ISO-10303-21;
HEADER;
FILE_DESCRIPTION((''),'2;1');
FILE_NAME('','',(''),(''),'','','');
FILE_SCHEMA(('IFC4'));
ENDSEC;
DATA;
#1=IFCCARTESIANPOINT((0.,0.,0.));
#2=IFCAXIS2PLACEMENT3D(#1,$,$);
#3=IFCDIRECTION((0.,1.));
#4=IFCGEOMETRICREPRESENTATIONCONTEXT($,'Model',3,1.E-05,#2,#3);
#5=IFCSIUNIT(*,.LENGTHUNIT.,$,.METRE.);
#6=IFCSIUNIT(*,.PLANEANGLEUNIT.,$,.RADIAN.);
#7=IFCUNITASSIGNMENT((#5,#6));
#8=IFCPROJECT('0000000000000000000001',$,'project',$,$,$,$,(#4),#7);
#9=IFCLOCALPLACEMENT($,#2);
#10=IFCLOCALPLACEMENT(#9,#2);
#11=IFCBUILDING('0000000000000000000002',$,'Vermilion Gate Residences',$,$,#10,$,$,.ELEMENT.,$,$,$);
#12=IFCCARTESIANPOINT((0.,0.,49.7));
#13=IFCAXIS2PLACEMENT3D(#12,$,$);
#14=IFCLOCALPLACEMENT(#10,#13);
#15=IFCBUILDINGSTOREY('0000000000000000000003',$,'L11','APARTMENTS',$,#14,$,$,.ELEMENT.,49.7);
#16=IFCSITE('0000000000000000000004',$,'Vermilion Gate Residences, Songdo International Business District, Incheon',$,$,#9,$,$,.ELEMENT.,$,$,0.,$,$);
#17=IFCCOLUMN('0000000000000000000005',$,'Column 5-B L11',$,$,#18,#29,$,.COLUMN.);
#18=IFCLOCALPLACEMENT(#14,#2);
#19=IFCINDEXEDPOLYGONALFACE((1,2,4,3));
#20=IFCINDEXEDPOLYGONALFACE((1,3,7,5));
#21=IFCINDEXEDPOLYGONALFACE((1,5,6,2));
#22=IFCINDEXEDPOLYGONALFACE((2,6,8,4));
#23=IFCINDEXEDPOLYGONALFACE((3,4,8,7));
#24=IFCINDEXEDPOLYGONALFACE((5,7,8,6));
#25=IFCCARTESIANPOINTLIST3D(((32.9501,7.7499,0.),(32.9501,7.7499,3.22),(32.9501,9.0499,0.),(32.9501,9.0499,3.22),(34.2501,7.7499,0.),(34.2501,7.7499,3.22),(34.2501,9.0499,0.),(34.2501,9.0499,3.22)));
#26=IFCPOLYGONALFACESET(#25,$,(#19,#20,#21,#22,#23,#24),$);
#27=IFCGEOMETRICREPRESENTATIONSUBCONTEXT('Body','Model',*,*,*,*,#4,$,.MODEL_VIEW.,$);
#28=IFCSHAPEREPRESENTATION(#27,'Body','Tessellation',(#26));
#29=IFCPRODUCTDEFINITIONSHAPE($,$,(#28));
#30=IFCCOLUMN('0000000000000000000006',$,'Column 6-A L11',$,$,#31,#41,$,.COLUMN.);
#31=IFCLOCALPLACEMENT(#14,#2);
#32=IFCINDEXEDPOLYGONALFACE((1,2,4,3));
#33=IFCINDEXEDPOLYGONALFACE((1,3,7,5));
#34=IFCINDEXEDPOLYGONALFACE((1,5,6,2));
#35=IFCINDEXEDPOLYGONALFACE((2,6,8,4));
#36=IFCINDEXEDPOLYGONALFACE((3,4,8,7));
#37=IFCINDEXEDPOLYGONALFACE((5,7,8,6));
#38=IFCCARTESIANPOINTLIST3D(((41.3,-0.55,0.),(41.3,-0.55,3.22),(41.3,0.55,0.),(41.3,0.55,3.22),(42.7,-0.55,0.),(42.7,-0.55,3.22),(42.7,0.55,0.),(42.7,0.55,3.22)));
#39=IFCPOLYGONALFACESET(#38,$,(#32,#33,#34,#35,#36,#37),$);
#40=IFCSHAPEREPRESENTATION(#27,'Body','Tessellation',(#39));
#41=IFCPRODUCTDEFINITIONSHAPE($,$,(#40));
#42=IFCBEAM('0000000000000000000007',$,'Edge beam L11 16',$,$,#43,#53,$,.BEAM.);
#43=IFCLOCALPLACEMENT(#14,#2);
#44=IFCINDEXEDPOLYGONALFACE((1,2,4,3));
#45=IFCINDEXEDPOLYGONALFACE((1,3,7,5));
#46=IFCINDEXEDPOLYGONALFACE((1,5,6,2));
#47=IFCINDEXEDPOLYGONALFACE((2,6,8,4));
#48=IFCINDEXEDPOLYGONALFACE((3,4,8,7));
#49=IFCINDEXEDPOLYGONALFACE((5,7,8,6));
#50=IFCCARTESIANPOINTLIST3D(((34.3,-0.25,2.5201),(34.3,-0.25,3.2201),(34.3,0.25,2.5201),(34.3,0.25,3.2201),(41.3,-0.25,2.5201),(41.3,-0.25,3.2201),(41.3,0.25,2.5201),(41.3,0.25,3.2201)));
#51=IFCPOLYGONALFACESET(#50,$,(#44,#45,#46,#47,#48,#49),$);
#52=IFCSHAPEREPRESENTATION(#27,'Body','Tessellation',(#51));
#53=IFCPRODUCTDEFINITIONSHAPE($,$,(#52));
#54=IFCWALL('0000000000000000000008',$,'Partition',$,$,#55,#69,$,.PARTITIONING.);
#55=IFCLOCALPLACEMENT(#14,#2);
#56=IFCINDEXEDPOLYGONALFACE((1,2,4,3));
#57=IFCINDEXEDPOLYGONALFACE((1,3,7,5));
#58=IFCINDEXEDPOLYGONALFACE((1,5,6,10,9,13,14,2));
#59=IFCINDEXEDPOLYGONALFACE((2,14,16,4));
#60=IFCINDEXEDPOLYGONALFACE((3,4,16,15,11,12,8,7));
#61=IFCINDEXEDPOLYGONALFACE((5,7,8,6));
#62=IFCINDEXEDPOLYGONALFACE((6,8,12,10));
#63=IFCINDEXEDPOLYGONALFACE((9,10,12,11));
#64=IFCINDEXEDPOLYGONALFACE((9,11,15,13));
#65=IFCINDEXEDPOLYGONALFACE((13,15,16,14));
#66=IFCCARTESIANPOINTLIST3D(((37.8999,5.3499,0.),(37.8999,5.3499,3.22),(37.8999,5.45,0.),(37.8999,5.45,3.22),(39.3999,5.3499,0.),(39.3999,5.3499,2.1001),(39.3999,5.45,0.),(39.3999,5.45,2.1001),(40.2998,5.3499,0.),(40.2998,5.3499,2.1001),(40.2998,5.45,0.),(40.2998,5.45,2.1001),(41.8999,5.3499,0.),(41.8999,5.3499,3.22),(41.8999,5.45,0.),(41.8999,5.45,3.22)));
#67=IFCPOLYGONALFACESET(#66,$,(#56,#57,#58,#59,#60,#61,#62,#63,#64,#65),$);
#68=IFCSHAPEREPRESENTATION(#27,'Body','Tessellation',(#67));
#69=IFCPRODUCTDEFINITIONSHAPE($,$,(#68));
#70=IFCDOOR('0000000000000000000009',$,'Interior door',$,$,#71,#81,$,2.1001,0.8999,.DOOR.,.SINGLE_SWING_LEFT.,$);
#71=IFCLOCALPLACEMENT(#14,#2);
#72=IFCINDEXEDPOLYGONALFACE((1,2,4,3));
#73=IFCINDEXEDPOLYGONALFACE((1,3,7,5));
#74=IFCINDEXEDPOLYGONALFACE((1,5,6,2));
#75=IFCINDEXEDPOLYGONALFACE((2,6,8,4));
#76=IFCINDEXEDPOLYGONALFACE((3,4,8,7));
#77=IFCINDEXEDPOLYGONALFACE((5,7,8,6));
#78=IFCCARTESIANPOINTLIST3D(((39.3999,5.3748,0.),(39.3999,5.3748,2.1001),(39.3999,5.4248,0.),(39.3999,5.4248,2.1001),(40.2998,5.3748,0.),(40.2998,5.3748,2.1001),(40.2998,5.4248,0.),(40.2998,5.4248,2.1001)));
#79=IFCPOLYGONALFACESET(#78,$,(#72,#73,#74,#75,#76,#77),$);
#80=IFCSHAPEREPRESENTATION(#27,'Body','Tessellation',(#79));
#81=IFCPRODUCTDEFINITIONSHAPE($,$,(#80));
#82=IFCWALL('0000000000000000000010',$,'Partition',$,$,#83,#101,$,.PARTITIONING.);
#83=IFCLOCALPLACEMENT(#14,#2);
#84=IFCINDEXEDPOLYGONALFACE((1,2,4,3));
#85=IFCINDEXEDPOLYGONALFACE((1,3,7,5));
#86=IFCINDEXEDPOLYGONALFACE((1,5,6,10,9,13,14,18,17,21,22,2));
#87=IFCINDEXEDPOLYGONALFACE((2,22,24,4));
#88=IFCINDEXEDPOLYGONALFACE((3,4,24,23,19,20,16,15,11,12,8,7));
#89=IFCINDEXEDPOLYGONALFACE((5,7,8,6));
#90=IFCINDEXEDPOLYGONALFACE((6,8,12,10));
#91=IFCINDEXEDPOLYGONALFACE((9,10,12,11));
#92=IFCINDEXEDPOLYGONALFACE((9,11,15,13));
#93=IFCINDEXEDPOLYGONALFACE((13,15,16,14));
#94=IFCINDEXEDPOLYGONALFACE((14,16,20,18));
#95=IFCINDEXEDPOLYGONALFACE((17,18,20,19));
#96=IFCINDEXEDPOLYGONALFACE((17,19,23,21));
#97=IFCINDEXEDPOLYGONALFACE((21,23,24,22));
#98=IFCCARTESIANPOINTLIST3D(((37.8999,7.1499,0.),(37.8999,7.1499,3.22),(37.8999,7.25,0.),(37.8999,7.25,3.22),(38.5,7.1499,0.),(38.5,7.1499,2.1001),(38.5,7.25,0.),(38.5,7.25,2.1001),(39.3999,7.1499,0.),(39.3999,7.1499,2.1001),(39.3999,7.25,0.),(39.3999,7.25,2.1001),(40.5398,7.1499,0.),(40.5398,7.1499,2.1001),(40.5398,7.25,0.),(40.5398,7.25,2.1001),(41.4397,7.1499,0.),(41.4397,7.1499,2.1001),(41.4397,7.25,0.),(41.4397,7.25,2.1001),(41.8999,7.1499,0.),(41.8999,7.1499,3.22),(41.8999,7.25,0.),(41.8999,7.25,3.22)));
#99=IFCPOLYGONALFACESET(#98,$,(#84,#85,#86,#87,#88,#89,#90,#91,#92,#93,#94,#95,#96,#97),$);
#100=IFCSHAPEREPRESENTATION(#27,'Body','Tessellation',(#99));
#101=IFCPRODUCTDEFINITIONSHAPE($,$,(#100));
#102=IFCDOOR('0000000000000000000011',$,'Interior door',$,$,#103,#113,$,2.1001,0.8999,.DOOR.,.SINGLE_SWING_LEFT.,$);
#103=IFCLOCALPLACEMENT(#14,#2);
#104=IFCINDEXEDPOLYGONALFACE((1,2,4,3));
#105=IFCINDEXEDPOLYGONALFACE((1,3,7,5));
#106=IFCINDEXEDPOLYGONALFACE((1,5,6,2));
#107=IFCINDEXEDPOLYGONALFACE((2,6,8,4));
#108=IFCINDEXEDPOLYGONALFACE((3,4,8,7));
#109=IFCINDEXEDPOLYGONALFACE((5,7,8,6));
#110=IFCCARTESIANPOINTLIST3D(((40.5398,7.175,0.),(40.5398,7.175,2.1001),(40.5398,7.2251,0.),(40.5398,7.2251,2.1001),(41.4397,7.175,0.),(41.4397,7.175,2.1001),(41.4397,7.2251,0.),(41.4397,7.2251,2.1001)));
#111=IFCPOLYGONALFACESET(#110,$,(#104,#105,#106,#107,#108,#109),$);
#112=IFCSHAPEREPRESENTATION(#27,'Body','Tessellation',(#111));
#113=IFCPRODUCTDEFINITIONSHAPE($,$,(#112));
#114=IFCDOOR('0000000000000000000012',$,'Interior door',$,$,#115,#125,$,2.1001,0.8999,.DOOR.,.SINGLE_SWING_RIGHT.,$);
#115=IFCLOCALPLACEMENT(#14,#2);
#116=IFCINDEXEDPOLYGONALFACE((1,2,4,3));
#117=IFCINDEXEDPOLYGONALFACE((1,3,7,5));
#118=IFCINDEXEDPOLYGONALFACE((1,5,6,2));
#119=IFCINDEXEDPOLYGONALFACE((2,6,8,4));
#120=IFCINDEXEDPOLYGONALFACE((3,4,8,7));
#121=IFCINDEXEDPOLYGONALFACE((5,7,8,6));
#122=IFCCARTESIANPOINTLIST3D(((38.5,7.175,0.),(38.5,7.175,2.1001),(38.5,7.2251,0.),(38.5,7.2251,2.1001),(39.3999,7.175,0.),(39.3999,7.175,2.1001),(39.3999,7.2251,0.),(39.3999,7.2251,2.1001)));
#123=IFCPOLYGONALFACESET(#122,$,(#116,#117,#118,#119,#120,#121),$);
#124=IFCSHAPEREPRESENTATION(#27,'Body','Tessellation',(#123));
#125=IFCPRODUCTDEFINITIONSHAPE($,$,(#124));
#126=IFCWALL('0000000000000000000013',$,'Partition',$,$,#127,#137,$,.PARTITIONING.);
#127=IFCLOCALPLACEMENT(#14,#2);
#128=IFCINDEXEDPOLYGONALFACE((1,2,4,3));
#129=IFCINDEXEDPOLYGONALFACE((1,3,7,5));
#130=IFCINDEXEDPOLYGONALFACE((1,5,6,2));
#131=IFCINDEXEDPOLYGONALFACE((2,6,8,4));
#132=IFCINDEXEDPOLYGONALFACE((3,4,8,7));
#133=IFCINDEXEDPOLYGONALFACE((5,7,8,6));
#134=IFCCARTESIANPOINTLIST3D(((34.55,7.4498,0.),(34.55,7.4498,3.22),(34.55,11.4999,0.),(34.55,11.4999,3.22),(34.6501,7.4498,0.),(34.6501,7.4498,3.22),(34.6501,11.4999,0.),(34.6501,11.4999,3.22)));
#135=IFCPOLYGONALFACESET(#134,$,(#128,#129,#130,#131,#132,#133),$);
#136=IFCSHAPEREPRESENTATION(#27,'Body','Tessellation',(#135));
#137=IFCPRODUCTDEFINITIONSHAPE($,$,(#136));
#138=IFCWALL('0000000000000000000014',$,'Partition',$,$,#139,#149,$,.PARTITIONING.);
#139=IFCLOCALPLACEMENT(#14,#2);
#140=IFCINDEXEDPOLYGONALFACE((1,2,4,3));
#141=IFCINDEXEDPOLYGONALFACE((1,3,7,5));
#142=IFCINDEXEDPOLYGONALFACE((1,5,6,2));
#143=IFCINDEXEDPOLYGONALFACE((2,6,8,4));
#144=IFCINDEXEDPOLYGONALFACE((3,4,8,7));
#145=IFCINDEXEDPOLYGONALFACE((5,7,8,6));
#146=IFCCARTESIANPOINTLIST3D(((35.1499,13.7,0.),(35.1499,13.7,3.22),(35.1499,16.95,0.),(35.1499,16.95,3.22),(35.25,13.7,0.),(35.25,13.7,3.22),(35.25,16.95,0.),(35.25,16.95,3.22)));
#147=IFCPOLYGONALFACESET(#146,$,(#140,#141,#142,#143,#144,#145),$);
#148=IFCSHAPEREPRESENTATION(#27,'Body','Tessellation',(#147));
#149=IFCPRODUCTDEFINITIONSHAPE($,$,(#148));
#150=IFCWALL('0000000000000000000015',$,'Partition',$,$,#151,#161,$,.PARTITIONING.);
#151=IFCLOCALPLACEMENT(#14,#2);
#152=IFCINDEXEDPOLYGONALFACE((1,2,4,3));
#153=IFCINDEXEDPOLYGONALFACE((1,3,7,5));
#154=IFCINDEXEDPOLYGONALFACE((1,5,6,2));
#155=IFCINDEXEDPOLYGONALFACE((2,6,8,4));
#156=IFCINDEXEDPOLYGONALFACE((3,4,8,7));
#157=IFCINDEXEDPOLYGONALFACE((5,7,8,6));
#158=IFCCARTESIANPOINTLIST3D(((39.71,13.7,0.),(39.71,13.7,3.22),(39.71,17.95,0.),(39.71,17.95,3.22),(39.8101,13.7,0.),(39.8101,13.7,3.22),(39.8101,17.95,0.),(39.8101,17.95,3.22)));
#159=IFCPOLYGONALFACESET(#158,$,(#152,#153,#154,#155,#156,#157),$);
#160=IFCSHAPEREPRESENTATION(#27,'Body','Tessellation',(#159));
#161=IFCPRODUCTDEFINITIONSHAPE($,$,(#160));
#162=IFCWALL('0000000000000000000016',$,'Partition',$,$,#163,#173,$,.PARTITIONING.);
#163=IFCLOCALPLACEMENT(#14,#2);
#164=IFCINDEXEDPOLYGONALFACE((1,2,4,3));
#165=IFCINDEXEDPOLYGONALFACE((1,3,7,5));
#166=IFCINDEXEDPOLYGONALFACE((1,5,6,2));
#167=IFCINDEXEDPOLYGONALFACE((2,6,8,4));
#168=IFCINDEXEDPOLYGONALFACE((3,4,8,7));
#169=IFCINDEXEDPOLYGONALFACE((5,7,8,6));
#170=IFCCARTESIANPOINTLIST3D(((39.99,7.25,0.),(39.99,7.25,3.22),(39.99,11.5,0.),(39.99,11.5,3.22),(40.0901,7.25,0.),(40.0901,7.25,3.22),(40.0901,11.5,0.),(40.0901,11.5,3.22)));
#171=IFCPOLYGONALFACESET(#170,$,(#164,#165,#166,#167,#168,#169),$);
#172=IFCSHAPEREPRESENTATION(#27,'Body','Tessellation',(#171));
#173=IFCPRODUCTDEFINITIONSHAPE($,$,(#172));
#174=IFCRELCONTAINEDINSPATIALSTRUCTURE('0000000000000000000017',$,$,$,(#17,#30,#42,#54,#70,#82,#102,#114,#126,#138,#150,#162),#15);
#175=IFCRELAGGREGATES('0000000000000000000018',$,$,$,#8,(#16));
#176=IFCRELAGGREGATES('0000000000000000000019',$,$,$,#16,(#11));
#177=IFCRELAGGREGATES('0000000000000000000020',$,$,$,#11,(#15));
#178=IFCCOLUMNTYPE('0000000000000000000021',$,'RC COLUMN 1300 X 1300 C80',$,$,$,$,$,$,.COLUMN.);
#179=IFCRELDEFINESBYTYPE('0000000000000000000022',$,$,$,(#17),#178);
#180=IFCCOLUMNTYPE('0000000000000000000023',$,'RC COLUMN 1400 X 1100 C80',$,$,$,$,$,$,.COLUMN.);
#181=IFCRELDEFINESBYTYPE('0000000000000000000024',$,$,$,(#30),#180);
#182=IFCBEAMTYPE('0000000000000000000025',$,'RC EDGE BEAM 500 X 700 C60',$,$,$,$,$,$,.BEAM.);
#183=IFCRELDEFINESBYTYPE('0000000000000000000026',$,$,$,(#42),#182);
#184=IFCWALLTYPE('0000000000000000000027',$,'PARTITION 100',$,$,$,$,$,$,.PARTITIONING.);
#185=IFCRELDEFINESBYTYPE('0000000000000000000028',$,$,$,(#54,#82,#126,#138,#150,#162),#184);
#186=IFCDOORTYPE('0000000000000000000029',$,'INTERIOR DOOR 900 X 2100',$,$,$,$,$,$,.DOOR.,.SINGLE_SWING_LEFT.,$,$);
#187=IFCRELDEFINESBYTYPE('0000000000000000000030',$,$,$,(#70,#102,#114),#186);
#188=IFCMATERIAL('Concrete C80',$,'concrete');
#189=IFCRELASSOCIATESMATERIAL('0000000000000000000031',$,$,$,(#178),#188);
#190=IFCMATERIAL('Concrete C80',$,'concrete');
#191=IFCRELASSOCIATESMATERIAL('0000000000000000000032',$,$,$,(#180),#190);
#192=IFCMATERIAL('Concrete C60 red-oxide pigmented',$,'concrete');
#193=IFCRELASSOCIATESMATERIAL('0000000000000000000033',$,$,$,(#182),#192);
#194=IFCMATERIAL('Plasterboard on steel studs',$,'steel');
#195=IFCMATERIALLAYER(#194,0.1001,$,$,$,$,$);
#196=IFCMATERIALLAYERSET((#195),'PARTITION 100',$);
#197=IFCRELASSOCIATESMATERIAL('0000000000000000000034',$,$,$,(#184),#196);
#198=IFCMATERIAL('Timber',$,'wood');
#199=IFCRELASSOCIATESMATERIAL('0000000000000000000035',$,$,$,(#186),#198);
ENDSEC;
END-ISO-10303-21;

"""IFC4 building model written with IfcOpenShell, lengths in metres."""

from ifc_helpers import new_model, si_unit, direction, frame, frame_2d, origin, origin_2d, place, context, subcontext, project, spatial, rectangle, extrude, material, layer, layer_set, material_profile, profile_set, type_object, element, fill, save


model = new_model("IFC4")

# Units and contexts
model_context = context("Model", 3, precision=1e-05, world=origin(), true_north=direction((0.0, 1.0)))
body_context = subcontext(model_context, "Body", "Model", "MODEL_VIEW")
ifc_project = project(units=[si_unit("LENGTHUNIT", "METRE"), si_unit("PLANEANGLEUNIT", "RADIAN")], contexts=[model_context])

# Site, building, storey
site_placement = place(None, origin())
site = spatial("IfcSite", under=ifc_project, at=site_placement, Name="Vermilion Gate Residences, Songdo International Business District, Incheon", CompositionType="ELEMENT", RefElevation=0.0)
building_placement = place(site_placement, origin())
building = spatial("IfcBuilding", under=site, at=building_placement, Name="Vermilion Gate Residences", CompositionType="ELEMENT")
storey_placement = place(building_placement, frame((0.0, 0.0, 49.7)))
storey = spatial("IfcBuildingStorey", under=building, at=storey_placement, Name="L11", Description="APARTMENTS", CompositionType="ELEMENT", Elevation=49.7)

# Columns
ifc_material_1 = material(Name="Concrete C80", Category="concrete")
ifc_material_profile_1 = material_profile(ifc_material_1, rectangle(XDim=1.3, YDim=1.3, at=origin_2d()), Name="RC-1300x1300")
ifc_profile_set_1 = profile_set([ifc_material_profile_1], Name="Concrete C80")
column_type_1 = type_object("IfcColumnType", Name="RC COLUMN 1300 X 1300 C80", PredefinedType="COLUMN", material=ifc_profile_set_1)
column_1_placement = place(storey_placement, frame((33.6001, 8.3999, 0.0), z_axis=(0.0, 0.0, 1.0), x_axis=(1.0, 0.0, 0.0)))
element("IfcColumn", 1, at=column_1_placement, inside=storey, type_object=column_type_1, Name="Column 5-B L11", PredefinedType="COLUMN", context=body_context, shape_type="SweptSolid", body=[
    extrude(rectangle(XDim=1.3, YDim=1.3, at=origin_2d()), origin(), (0.0, 0.0, 1.0), 3.22),
])
ifc_material_2 = material(Name="Concrete C80", Category="concrete")
ifc_material_profile_2 = material_profile(ifc_material_2, rectangle(XDim=1.3999, YDim=1.1001, at=origin_2d()), Name="RC-1400x1100")
ifc_profile_set_2 = profile_set([ifc_material_profile_2], Name="Concrete C80")
column_type_2 = type_object("IfcColumnType", Name="RC COLUMN 1400 X 1100 C80", PredefinedType="COLUMN", material=ifc_profile_set_2)
column_2_placement = place(storey_placement, frame((42.0, 0.0, 0.0), z_axis=(0.0, 0.0, 1.0), x_axis=(1.0, 0.0, 0.0)))
element("IfcColumn", 2, at=column_2_placement, inside=storey, type_object=column_type_2, Name="Column 6-A L11", PredefinedType="COLUMN", context=body_context, shape_type="SweptSolid", body=[
    extrude(rectangle(XDim=1.3999, YDim=1.1001, at=origin_2d()), origin(), (0.0, 0.0, 1.0), 3.22),
])

# Beam
ifc_material_3 = material(Name="Concrete C60 red-oxide pigmented", Category="concrete")
ifc_material_profile_3 = material_profile(ifc_material_3, rectangle(XDim=0.5, YDim=0.7, at=origin_2d()), Name="RC-500x700")
ifc_profile_set_3 = profile_set([ifc_material_profile_3], Name="Concrete C60 red-oxide pigmented")
beam_type = type_object("IfcBeamType", Name="RC EDGE BEAM 500 X 700 C60", PredefinedType="BEAM", material=ifc_profile_set_3)
beam_placement = place(storey_placement, frame((34.3, 0.0, 2.8701), z_axis=(1.0, 0.0, 0.0), x_axis=(0.0, 1.0, 0.0)))
element("IfcBeam", 3, at=beam_placement, inside=storey, type_object=beam_type, Name="Edge beam L11 16", PredefinedType="BEAM", context=body_context, shape_type="SweptSolid", body=[
    extrude(rectangle(XDim=0.5, YDim=0.7, at=origin_2d()), origin(), (0.0, 0.0, 1.0), 7.0),
])

# Wall, opening, door
ifc_material_4 = material(Name="Plasterboard on steel studs", Category="steel")
ifc_layer_1 = layer(ifc_material_4, 0.1001)
ifc_layer_set_1 = layer_set([ifc_layer_1], Name="PARTITION 100")
wall_type_1 = type_object("IfcWallType", Name="PARTITION 100", PredefinedType="PARTITIONING", material=ifc_layer_set_1)
wall_1_placement = place(storey_placement, frame((37.8999, 5.3999, 0.0), z_axis=(0.0, 0.0, 1.0), x_axis=(1.0, 0.0, 0.0)))
wall_1 = element("IfcWall", 4, at=wall_1_placement, inside=storey, type_object=wall_type_1, Name="Partition", PredefinedType="PARTITIONING", context=body_context, shape_type="SweptSolid", body=[
    extrude(rectangle(XDim=4.0, YDim=0.1001, at=frame_2d((2.0, 0.0))), origin(), (0.0, 0.0, 1.0), 3.22),
])
opening_1_placement = place(wall_1_placement, frame((1.5, 0.0, 0.0)))
opening_1 = element("IfcOpeningElement", 5, at=opening_1_placement, cuts=wall_1, PredefinedType="OPENING", context=body_context, shape_type="SweptSolid", body=[
    extrude(rectangle(XDim=0.8999, YDim=2.1001, at=frame_2d((0.45, 1.05))), frame((0.0, 0.0601, 0.0), z_axis=(0.0, -1.0, 0.0), x_axis=(1.0, 0.0, 0.0)), (0.0, 0.0, 1.0), 0.1201),
])
ifc_material_5 = material(Name="Timber", Category="wood")
door_type = type_object("IfcDoorType", Name="INTERIOR DOOR 900 X 2100", OperationType="SINGLE_SWING_LEFT", PredefinedType="DOOR", material=ifc_material_5)
door_1_placement = place(opening_1_placement, origin())
door_1 = element("IfcDoor", 6, at=door_1_placement, inside=storey, type_object=door_type, Name="Interior door", OperationType="SINGLE_SWING_LEFT", OverallHeight=2.1001, OverallWidth=0.8999, PredefinedType="DOOR", context=body_context, shape_type="SweptSolid", body=[
    extrude(rectangle(XDim=0.8999, YDim=2.1001, at=frame_2d((0.45, 1.05))), frame((0.0, 0.0249, 0.0), z_axis=(0.0, -1.0, 0.0), x_axis=(1.0, 0.0, 0.0)), (0.0, 0.0, 1.0), 0.05),
])
fill(opening_1, door_1)

# Wall, openings, doors
wall_2_placement = place(storey_placement, frame((37.8999, 7.2, 0.0), z_axis=(0.0, 0.0, 1.0), x_axis=(1.0, 0.0, 0.0)))
wall_2 = element("IfcWall", 7, at=wall_2_placement, inside=storey, type_object=wall_type_1, Name="Partition", PredefinedType="PARTITIONING", context=body_context, shape_type="SweptSolid", body=[
    extrude(rectangle(XDim=4.0, YDim=0.1001, at=frame_2d((2.0, 0.0))), origin(), (0.0, 0.0, 1.0), 3.22),
])
opening_2_placement = place(wall_2_placement, frame((2.6399, 0.0, 0.0)))
opening_2 = element("IfcOpeningElement", 8, at=opening_2_placement, cuts=wall_2, PredefinedType="OPENING", context=body_context, shape_type="SweptSolid", body=[
    extrude(rectangle(XDim=0.8999, YDim=2.1001, at=frame_2d((0.45, 1.05))), frame((0.0, 0.0601, 0.0), z_axis=(0.0, -1.0, 0.0), x_axis=(1.0, 0.0, 0.0)), (0.0, 0.0, 1.0), 0.1201),
])
opening_3_placement = place(wall_2_placement, frame((0.6001, 0.0, 0.0)))
opening_3 = element("IfcOpeningElement", 9, at=opening_3_placement, cuts=wall_2, PredefinedType="OPENING", context=body_context, shape_type="SweptSolid", body=[
    extrude(rectangle(XDim=0.8999, YDim=2.1001, at=frame_2d((0.45, 1.05))), frame((0.0, 0.0601, 0.0), z_axis=(0.0, -1.0, 0.0), x_axis=(1.0, 0.0, 0.0)), (0.0, 0.0, 1.0), 0.1201),
])
door_2_placement = place(opening_2_placement, frame((0.8999, 0.0, 0.0), z_axis=(0.0, 0.0, 1.0), x_axis=(-1.0, 0.0, 0.0)))
door_2 = element("IfcDoor", 10, at=door_2_placement, inside=storey, type_object=door_type, Name="Interior door", OperationType="SINGLE_SWING_LEFT", OverallHeight=2.1001, OverallWidth=0.8999, PredefinedType="DOOR", context=body_context, shape_type="SweptSolid", body=[
    extrude(rectangle(XDim=0.8999, YDim=2.1001, at=frame_2d((0.45, 1.05))), frame((0.0, 0.0249, 0.0), z_axis=(0.0, -1.0, 0.0), x_axis=(1.0, 0.0, 0.0)), (0.0, 0.0, 1.0), 0.05),
])
fill(opening_2, door_2)
door_3_placement = place(opening_3_placement, frame((0.8999, 0.0, 0.0), z_axis=(0.0, 0.0, 1.0), x_axis=(-1.0, 0.0, 0.0)))
door_3 = element("IfcDoor", 11, at=door_3_placement, inside=storey, type_object=door_type, Name="Interior door", OperationType="SINGLE_SWING_RIGHT", OverallHeight=2.1001, OverallWidth=0.8999, PredefinedType="DOOR", context=body_context, shape_type="SweptSolid", body=[
    extrude(rectangle(XDim=0.8999, YDim=2.1001, at=frame_2d((0.45, 1.05))), frame((0.0, 0.0249, 0.0), z_axis=(0.0, -1.0, 0.0), x_axis=(1.0, 0.0, 0.0)), (0.0, 0.0, 1.0), 0.05),
])
fill(opening_3, door_3)

# Walls
wall_3_placement = place(storey_placement, frame((34.6001, 7.45, 0.0), z_axis=(0.0, 0.0, 1.0), x_axis=(0.0, 1.0, 0.0)))
element("IfcWall", 12, at=wall_3_placement, inside=storey, type_object=wall_type_1, Name="Partition", PredefinedType="PARTITIONING", context=body_context, shape_type="SweptSolid", body=[
    extrude(rectangle(XDim=4.05, YDim=0.1001, at=frame_2d((2.0249, 0.0))), origin(), (0.0, 0.0, 1.0), 3.22),
])
wall_4_placement = place(storey_placement, frame((35.2, 13.7, 0.0), z_axis=(0.0, 0.0, 1.0), x_axis=(0.0, 1.0, 0.0)))
element("IfcWall", 13, at=wall_4_placement, inside=storey, type_object=wall_type_1, Name="Partition", PredefinedType="PARTITIONING", context=body_context, shape_type="SweptSolid", body=[
    extrude(rectangle(XDim=3.25, YDim=0.1001, at=frame_2d((1.625, 0.0))), origin(), (0.0, 0.0, 1.0), 3.22),
])
for number, where, z_axis, x_axis, name in (
    (14, (39.76, 13.7, 0.0), (0.0, 0.0, 1.0), (0.0, 1.0, 0.0), "Partition"),
    (15, (40.04, 7.25, 0.0), (0.0, 0.0, 1.0), (0.0, 1.0, 0.0), "Partition"),
):
    element("IfcWall", number, at=place(storey_placement, frame(where, z_axis=z_axis, x_axis=x_axis)), inside=storey, type_object=wall_type_1, Name=name, PredefinedType="PARTITIONING", context=body_context, shape_type="SweptSolid", body=[
        extrude(rectangle(XDim=4.25, YDim=0.1001, at=frame_2d((2.125, 0.0))), origin(), (0.0, 0.0, 1.0), 3.22),
    ])

save(model, "model.ifc")
